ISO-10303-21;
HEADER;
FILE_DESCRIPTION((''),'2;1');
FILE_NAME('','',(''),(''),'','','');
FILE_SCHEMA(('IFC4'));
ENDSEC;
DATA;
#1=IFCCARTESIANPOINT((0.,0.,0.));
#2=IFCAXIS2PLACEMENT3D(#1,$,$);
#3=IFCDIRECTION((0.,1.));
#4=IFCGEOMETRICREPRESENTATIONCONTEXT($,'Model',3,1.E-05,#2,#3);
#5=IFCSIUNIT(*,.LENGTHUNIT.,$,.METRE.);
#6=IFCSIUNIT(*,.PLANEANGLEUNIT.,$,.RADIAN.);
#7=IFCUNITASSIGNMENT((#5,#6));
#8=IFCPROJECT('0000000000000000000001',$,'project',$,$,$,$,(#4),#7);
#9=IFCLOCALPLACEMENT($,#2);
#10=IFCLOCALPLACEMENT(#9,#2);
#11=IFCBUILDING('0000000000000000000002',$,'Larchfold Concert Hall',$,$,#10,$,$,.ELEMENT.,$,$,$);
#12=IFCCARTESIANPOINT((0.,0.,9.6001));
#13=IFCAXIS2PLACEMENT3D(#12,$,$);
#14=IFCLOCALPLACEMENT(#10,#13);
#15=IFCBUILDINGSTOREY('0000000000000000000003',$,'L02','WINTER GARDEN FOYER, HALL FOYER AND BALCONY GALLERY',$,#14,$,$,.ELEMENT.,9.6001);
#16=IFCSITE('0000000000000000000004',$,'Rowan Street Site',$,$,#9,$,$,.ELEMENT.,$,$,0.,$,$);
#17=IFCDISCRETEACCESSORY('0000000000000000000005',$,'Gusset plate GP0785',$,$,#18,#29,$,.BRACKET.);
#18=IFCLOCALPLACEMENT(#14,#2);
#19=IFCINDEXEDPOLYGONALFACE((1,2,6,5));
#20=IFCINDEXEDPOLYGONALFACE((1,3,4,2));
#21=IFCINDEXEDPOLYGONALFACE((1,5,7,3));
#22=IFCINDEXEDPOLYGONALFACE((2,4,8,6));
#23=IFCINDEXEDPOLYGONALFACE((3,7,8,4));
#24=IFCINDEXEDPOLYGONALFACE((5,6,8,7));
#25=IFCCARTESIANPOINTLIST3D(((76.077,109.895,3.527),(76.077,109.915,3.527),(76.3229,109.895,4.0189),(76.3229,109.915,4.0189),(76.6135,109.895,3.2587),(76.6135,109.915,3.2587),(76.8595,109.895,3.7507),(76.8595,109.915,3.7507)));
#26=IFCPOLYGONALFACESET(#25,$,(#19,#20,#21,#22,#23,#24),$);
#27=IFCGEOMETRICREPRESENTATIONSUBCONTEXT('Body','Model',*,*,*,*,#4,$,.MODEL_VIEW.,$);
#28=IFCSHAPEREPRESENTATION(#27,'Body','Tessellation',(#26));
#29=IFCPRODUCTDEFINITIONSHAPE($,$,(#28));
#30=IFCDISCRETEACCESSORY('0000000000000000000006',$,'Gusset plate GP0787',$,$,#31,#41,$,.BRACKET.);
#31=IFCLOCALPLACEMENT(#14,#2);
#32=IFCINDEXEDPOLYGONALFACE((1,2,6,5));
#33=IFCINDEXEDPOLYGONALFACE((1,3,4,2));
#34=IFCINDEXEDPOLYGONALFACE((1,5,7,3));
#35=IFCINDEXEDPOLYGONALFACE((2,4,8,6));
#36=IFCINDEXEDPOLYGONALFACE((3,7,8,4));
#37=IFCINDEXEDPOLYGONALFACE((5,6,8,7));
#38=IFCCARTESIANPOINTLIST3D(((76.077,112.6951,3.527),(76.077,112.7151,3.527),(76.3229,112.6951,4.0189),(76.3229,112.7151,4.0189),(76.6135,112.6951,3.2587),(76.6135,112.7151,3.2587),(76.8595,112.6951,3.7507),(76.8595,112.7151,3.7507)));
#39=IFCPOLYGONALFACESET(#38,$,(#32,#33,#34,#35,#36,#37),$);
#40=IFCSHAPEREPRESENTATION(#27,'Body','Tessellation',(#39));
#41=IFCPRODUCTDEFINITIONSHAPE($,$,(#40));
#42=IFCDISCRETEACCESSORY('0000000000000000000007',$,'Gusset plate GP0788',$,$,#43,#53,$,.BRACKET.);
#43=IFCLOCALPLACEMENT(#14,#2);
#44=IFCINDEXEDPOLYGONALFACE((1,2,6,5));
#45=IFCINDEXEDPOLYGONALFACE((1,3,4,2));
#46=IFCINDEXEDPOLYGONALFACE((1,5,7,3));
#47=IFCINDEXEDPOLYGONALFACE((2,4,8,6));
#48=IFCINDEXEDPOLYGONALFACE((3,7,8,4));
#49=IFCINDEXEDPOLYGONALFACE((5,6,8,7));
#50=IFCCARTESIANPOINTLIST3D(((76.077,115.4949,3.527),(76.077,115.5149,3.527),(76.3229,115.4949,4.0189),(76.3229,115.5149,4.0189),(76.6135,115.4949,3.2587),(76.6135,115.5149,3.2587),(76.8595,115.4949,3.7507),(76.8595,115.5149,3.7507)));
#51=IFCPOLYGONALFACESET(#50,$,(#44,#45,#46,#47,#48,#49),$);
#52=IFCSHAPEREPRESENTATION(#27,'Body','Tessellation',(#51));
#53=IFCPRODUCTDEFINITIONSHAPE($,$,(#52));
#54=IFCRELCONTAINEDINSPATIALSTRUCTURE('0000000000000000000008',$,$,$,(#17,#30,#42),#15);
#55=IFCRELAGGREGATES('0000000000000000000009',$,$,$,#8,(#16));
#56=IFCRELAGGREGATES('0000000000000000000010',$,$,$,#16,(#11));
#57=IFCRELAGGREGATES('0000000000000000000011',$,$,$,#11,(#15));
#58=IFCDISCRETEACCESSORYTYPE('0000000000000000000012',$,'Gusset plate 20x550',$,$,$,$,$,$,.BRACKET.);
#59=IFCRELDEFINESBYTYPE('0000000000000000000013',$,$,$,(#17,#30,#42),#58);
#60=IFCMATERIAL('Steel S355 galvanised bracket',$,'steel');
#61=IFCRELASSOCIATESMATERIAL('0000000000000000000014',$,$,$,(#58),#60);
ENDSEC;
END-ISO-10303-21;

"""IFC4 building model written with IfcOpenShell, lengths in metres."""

from ifc_helpers import new_model, si_unit, direction, frame, origin, origin_2d, place, context, subcontext, project, spatial, rectangle, extrude, material, material_profile, profile_set, type_object, element, save


model = new_model("IFC4")

# Units and contexts
model_context = context("Model", 3, precision=1e-05, world=origin(), true_north=direction((0.0, 1.0)))
body_context = subcontext(model_context, "Body", "Model", "MODEL_VIEW")
ifc_project = project(units=[si_unit("LENGTHUNIT", "METRE"), si_unit("PLANEANGLEUNIT", "RADIAN")], contexts=[model_context])

# Site, building, storey
site_placement = place(None, origin())
site = spatial("IfcSite", under=ifc_project, at=site_placement, Name="Rowan Street Site", CompositionType="ELEMENT", RefElevation=0.0)
building_placement = place(site_placement, origin())
building = spatial("IfcBuilding", under=site, at=building_placement, Name="Larchfold Concert Hall", CompositionType="ELEMENT")
storey_placement = place(building_placement, frame((0.0, 0.0, 9.6001)))
storey = spatial("IfcBuildingStorey", under=building, at=storey_placement, Name="L02", Description="WINTER GARDEN FOYER, HALL FOYER AND BALCONY GALLERY", CompositionType="ELEMENT", Elevation=9.6001)

# Discrete accessories
ifc_material_1 = material(Name="Steel S355 galvanised bracket", Category="steel")
ifc_material_profile_1 = material_profile(ifc_material_1, rectangle(XDim=0.02, YDim=0.55, at=origin_2d()))
ifc_profile_set_1 = profile_set([ifc_material_profile_1], Name="Steel S355 galvanised bracket")
discrete_accessory_type_1 = type_object("IfcDiscreteAccessoryType", Name="Gusset plate 20x550", PredefinedType="BRACKET", material=ifc_profile_set_1)
for number, where, z_axis, x_axis, name in (
    (1, (76.2, 109.905, 3.7729), (0.894427, 0.0, -0.447214), (0.0, 1.0, 0.0), "Gusset plate GP0785"),
    (2, (76.2, 112.7051, 3.7729), (0.894427, 0.0, -0.447214), (0.0, 1.0, 0.0), "Gusset plate GP0787"),
    (3, (76.2, 115.5049, 3.7729), (0.894427, 0.0, -0.447214), (0.0, 1.0, 0.0), "Gusset plate GP0788"),
):
    element("IfcDiscreteAccessory", number, at=place(storey_placement, frame(where, z_axis=z_axis, x_axis=x_axis)), inside=storey, type_object=discrete_accessory_type_1, Name=name, PredefinedType="BRACKET", context=body_context, shape_type="SweptSolid", body=[
        extrude(rectangle(XDim=0.02, YDim=0.55, at=origin_2d()), origin(), (0.0, 0.0, 1.0), 0.5999),
    ])

save(model, "model.ifc")
